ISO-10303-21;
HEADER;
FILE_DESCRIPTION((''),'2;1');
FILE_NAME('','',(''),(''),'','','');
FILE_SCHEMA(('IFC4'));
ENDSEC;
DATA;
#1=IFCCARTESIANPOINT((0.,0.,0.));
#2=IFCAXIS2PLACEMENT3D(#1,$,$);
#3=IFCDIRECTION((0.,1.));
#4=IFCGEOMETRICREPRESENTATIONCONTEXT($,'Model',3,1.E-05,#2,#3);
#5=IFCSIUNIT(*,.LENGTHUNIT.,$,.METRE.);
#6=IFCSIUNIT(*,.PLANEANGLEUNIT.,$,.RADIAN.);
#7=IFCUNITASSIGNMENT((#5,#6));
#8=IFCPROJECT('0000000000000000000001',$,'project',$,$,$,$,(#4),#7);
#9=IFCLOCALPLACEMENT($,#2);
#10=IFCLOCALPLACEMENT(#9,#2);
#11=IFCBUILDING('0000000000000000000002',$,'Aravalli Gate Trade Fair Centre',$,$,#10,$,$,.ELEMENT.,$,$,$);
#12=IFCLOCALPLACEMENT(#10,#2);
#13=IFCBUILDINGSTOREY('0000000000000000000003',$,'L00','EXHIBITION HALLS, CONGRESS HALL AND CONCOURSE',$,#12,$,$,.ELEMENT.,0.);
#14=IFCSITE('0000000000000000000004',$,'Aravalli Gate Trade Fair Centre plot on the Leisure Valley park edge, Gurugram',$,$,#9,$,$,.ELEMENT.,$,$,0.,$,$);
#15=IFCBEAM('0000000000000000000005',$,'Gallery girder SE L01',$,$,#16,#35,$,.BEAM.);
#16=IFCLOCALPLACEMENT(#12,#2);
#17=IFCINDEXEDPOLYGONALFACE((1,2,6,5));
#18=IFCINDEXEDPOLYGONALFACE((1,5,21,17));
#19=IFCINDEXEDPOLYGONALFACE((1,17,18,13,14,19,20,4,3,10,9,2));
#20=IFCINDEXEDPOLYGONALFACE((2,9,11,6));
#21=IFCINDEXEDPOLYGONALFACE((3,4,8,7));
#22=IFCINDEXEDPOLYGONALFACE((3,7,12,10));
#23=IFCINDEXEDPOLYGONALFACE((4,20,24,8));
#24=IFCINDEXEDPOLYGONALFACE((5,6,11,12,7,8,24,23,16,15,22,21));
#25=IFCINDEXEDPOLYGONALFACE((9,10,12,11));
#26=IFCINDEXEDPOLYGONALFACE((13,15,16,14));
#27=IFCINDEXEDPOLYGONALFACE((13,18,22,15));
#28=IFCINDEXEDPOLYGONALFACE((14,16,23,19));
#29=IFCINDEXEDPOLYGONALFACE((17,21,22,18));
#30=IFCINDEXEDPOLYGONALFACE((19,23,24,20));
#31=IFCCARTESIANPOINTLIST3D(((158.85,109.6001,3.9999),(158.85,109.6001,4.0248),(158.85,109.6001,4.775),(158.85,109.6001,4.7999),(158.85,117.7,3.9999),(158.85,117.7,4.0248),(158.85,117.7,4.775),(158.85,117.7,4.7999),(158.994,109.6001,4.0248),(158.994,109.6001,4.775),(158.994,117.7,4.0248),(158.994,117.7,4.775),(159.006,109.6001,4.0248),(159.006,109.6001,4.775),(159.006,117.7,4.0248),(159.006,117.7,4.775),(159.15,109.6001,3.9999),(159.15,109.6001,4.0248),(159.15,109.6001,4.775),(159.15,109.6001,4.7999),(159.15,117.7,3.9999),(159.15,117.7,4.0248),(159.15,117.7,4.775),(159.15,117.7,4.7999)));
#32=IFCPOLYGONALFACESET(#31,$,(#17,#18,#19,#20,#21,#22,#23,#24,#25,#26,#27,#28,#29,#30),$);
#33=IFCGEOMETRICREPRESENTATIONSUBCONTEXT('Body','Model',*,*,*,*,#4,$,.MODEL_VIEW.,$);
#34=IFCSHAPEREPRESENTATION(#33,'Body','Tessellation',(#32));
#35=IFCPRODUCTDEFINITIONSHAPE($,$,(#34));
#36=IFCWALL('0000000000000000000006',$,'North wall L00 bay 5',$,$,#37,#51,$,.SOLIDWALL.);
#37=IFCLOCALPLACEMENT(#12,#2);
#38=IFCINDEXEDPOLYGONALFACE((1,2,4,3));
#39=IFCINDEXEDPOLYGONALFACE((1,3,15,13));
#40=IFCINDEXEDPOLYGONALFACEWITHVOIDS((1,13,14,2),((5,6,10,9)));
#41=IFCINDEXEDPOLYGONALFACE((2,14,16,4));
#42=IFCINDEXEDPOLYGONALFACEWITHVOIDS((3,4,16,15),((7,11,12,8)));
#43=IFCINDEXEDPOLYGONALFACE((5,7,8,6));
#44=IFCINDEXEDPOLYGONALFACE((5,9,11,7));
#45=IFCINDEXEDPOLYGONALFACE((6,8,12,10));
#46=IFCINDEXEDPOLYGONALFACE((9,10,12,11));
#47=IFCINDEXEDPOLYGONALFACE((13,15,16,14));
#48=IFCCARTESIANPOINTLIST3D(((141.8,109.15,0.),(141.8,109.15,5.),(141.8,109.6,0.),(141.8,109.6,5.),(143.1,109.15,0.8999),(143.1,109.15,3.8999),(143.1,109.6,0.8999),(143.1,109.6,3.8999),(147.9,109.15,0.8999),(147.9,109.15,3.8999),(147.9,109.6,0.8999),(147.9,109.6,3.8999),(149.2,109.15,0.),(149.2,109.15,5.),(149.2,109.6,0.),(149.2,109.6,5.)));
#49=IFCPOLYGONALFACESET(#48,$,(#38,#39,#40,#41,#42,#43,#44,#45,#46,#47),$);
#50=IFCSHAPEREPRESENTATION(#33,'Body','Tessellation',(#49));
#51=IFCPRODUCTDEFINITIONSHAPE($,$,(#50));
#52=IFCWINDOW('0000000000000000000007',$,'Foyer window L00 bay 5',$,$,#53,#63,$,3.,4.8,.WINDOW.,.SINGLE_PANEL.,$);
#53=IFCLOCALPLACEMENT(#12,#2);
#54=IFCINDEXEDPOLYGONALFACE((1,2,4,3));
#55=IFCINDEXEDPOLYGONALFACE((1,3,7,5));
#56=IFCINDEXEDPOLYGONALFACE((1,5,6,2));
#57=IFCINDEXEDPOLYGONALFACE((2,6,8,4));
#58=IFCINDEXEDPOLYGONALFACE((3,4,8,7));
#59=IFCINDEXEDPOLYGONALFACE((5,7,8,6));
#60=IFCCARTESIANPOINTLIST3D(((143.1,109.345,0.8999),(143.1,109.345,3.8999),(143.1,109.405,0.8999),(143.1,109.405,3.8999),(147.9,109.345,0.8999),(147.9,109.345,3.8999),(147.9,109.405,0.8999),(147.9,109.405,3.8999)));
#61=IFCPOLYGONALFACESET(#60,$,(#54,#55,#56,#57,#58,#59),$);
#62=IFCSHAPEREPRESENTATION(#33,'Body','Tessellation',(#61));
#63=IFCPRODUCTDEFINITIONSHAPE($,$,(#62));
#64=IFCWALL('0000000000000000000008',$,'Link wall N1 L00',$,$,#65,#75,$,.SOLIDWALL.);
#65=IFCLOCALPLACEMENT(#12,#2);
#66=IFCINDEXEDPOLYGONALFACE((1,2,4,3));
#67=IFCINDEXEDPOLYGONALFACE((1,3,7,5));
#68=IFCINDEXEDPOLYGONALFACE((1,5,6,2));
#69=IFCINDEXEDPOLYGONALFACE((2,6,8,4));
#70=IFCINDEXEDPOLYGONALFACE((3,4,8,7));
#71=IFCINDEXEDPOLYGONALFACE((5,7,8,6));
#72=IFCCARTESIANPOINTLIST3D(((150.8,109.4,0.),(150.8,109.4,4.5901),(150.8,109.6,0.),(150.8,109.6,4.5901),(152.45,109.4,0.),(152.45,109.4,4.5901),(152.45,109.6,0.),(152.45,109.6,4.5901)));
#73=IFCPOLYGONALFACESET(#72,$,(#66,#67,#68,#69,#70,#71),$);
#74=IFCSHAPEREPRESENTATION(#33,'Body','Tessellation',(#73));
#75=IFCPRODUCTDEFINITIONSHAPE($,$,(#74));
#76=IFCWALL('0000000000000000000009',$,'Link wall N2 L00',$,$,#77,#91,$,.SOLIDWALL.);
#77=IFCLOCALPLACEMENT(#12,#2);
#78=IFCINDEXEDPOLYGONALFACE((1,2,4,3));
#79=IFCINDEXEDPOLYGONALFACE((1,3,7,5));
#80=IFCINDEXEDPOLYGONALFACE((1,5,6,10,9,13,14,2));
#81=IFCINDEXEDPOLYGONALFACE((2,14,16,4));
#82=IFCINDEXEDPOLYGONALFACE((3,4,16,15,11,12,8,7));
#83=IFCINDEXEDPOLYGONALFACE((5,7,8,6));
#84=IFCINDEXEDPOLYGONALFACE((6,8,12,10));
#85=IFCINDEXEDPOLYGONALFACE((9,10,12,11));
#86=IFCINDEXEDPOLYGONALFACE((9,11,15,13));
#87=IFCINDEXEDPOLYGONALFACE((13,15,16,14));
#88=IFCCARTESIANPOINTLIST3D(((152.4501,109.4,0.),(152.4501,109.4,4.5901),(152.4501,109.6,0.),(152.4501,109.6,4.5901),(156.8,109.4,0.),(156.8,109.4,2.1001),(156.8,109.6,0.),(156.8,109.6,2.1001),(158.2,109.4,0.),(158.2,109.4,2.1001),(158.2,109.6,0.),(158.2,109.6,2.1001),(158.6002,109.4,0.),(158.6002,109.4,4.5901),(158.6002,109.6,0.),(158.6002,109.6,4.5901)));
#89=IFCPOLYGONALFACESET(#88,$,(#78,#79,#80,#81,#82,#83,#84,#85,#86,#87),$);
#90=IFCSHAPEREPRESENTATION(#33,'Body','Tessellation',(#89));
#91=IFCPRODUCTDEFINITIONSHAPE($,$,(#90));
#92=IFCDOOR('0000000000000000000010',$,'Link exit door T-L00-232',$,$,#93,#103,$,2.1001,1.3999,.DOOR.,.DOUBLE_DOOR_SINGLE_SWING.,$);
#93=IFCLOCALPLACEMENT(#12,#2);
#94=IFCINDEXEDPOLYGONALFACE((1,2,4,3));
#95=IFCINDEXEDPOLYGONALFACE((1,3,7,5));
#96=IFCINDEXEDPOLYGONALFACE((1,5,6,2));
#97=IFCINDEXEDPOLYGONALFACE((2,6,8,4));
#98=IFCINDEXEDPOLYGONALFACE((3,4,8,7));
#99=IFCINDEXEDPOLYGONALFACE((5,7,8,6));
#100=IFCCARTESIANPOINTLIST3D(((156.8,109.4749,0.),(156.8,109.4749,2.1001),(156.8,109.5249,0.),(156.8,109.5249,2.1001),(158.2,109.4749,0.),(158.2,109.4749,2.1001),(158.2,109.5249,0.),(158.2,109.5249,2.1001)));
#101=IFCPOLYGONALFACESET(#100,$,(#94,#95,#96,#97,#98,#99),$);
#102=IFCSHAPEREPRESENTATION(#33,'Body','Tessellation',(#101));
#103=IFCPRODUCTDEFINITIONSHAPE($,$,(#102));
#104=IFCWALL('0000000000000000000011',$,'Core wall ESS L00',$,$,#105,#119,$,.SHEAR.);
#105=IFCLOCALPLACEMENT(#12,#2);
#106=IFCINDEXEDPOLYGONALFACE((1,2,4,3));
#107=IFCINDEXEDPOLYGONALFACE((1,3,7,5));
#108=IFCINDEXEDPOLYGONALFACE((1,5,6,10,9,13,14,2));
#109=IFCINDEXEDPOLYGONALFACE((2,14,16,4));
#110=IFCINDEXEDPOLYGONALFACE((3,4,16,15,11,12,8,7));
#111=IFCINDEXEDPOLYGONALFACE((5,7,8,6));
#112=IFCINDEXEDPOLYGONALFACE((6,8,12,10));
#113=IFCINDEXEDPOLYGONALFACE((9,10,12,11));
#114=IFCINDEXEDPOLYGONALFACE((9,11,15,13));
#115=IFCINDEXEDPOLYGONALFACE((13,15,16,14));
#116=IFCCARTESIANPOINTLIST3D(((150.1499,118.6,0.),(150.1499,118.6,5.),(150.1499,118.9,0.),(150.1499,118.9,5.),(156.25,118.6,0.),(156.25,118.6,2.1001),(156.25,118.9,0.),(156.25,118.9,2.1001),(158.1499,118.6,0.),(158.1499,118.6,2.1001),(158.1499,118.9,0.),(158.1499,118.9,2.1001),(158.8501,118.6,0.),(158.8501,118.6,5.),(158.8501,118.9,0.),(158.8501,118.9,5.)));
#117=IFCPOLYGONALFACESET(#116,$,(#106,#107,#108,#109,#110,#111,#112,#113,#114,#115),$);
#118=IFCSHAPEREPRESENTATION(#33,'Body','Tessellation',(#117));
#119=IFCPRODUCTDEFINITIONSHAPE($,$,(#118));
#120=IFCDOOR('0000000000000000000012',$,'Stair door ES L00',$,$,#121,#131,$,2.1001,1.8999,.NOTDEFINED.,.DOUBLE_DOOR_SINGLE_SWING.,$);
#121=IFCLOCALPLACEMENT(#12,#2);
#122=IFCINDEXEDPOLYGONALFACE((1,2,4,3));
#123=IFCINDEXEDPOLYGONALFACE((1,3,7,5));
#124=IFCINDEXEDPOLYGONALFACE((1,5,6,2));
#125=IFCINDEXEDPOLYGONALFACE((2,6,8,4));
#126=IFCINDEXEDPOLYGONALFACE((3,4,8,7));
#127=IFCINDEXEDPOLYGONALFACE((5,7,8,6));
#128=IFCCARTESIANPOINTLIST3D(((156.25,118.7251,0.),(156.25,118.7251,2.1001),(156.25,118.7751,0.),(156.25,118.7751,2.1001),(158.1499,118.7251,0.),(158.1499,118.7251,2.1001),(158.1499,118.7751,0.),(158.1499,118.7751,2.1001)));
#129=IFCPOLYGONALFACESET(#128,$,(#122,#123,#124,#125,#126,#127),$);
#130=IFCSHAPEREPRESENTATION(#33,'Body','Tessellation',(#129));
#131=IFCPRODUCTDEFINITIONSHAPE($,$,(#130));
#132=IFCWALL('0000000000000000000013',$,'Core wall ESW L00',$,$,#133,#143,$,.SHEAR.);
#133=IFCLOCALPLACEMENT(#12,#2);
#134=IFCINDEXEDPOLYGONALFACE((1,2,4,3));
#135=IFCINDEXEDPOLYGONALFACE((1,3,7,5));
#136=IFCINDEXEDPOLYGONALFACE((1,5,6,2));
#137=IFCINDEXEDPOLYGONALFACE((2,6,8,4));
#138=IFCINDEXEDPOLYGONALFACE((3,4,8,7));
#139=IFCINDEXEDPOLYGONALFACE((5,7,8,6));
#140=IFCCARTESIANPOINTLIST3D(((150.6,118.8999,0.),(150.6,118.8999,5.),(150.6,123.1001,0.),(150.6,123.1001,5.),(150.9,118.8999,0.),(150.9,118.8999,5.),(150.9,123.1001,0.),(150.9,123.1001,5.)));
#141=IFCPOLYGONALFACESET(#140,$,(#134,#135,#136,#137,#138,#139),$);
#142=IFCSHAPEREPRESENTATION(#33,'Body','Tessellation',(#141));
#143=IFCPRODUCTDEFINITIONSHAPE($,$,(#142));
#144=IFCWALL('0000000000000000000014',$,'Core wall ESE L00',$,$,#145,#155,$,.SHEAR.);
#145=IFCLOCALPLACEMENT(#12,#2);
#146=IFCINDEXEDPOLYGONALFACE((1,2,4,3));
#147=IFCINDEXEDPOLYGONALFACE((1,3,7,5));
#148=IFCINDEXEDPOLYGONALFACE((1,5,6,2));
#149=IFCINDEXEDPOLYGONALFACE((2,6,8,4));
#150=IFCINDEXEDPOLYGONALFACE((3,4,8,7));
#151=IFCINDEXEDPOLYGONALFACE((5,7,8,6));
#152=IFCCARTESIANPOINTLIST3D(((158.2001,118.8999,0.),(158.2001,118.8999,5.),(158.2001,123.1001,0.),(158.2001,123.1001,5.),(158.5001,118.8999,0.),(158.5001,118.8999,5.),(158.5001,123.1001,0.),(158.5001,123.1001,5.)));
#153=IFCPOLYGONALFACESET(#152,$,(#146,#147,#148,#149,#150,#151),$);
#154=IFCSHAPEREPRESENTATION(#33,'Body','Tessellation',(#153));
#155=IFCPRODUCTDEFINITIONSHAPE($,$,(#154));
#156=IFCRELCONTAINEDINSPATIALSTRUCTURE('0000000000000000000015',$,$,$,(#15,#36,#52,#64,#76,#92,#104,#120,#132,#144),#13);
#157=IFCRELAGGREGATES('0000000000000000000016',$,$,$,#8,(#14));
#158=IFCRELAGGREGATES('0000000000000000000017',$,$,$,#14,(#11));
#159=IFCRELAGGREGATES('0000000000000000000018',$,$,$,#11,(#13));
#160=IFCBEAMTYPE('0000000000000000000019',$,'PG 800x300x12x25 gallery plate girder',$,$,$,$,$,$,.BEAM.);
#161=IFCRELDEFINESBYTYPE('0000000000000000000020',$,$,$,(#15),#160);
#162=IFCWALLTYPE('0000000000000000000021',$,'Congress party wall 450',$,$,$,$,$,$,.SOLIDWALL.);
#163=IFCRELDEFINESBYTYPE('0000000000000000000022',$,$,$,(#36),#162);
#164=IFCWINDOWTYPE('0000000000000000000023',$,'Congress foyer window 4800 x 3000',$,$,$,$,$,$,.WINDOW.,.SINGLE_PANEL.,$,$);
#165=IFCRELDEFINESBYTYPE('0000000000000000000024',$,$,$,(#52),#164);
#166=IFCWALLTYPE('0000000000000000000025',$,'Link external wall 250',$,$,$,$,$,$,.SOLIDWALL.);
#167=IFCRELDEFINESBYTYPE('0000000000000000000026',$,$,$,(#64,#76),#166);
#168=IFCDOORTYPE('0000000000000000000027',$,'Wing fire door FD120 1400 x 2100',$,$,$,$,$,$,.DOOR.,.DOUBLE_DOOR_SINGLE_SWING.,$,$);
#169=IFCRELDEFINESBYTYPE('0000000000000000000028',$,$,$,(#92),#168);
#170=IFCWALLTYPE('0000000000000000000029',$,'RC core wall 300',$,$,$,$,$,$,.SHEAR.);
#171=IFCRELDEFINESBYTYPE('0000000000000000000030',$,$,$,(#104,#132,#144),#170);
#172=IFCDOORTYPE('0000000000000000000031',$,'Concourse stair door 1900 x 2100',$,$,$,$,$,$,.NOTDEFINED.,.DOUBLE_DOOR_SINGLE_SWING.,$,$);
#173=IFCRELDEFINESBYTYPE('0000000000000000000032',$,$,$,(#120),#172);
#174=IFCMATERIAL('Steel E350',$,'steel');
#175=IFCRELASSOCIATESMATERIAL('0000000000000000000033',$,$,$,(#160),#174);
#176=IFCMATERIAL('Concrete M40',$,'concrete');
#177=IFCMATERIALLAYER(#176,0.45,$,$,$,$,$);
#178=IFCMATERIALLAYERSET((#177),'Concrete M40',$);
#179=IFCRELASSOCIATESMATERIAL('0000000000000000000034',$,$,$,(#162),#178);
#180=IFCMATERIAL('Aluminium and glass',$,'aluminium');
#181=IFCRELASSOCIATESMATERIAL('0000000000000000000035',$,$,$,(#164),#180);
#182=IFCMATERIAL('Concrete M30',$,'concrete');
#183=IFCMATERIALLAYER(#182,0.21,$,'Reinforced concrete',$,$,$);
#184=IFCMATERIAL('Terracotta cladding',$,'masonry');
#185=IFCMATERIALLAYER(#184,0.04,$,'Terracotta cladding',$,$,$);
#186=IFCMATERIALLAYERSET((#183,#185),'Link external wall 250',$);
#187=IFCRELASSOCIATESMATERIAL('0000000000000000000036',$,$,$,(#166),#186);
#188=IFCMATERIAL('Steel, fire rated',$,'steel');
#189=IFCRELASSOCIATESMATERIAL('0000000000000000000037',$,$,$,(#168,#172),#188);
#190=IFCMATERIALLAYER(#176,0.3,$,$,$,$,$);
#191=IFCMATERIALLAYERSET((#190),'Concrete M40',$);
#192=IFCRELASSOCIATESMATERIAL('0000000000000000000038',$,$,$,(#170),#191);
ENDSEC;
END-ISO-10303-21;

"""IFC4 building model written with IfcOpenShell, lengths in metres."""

from ifc_helpers import new_model, si_unit, direction, frame, frame_2d, origin, origin_2d, place, context, subcontext, project, spatial, rectangle, i_section, extrude, material, layer, layer_set, material_profile, profile_set, type_object, element, fill, save


model = new_model("IFC4")

# Units and contexts
model_context = context("Model", 3, precision=1e-05, world=origin(), true_north=direction((0.0, 1.0)))
body_context = subcontext(model_context, "Body", "Model", "MODEL_VIEW")
ifc_project = project(units=[si_unit("LENGTHUNIT", "METRE"), si_unit("PLANEANGLEUNIT", "RADIAN")], contexts=[model_context])

# Site, building, storey
site_placement = place(None, origin())
site = spatial("IfcSite", under=ifc_project, at=site_placement, Name="Aravalli Gate Trade Fair Centre plot on the Leisure Valley park edge, Gurugram", CompositionType="ELEMENT", RefElevation=0.0)
building_placement = place(site_placement, origin())
building = spatial("IfcBuilding", under=site, at=building_placement, Name="Aravalli Gate Trade Fair Centre", CompositionType="ELEMENT")
storey_placement = place(building_placement, origin())
storey = spatial("IfcBuildingStorey", under=building, at=storey_placement, Name="L00", Description="EXHIBITION HALLS, CONGRESS HALL AND CONCOURSE", CompositionType="ELEMENT", Elevation=0.0)

# Beam
ifc_material_1 = material(Name="Steel E350", Category="steel")
ifc_material_profile_1 = material_profile(ifc_material_1, i_section(OverallWidth=0.3, OverallDepth=0.8, WebThickness=0.012, FlangeThickness=0.0249, at=origin_2d()), Name="PG 800x300x12x25")
ifc_profile_set_1 = profile_set([ifc_material_profile_1], Name="Steel E350")
beam_type_1 = type_object("IfcBeamType", Name="PG 800x300x12x25 gallery plate girder", PredefinedType="BEAM", material=ifc_profile_set_1)
for number, where, z_axis, x_axis, name in (
    (1, (159.0, 109.6001, 4.3999), (0.0, 1.0, 0.0), (-1.0, 0.0, 0.0), "Gallery girder SE L01"),
):
    element("IfcBeam", number, at=place(storey_placement, frame(where, z_axis=z_axis, x_axis=x_axis)), inside=storey, type_object=beam_type_1, Name=name, PredefinedType="BEAM", context=body_context, shape_type="SweptSolid", body=[
        extrude(i_section(OverallWidth=0.3, OverallDepth=0.8, WebThickness=0.012, FlangeThickness=0.0249, at=origin_2d()), origin(), (0.0, 0.0, 1.0), 8.0999),
    ])

# Wall, opening, window
ifc_material_2 = material(Name="Concrete M40", Category="concrete")
ifc_layer_1 = layer(ifc_material_2, 0.45)
ifc_layer_set_1 = layer_set([ifc_layer_1], Name="Concrete M40")
wall_type_1 = type_object("IfcWallType", Name="Congress party wall 450", PredefinedType="SOLIDWALL", material=ifc_layer_set_1)
wall_1_placement = place(storey_placement, frame((141.8, 109.375, 0.0), z_axis=(0.0, 0.0, 1.0), x_axis=(1.0, 0.0, 0.0)))
wall_1 = element("IfcWall", 2, at=wall_1_placement, inside=storey, type_object=wall_type_1, Name="North wall L00 bay 5", PredefinedType="SOLIDWALL", context=body_context, shape_type="SweptSolid", body=[
    extrude(rectangle(XDim=7.3999, YDim=0.45, at=frame_2d((3.7, 0.0))), origin(), (0.0, 0.0, 1.0), 5.0),
])
opening_1_placement = place(wall_1_placement, frame((1.3, 0.0, 0.8999)))
opening_1 = element("IfcOpeningElement", 3, at=opening_1_placement, cuts=wall_1, PredefinedType="OPENING", context=body_context, shape_type="SweptSolid", body=[
    extrude(rectangle(XDim=4.8, YDim=3.0, at=frame_2d((2.3999, 1.5))), frame((0.0, 0.2349, 0.0), z_axis=(0.0, -1.0, 0.0), x_axis=(1.0, 0.0, 0.0)), (0.0, 0.0, 1.0), 0.47),
])
ifc_material_3 = material(Name="Aluminium and glass", Category="aluminium")
window_type = type_object("IfcWindowType", Name="Congress foyer window 4800 x 3000", PartitioningType="SINGLE_PANEL", PredefinedType="WINDOW", material=ifc_material_3)
window_placement = place(opening_1_placement, origin())
window = element("IfcWindow", 4, at=window_placement, inside=storey, type_object=window_type, Name="Foyer window L00 bay 5", OverallHeight=3.0, OverallWidth=4.8, PartitioningType="SINGLE_PANEL", PredefinedType="WINDOW", context=body_context, shape_type="SweptSolid", body=[
    extrude(rectangle(XDim=4.8, YDim=3.0, at=frame_2d((2.3999, 1.5))), frame((0.0, 0.03, 0.0), z_axis=(0.0, -1.0, 0.0), x_axis=(1.0, 0.0, 0.0)), (0.0, 0.0, 1.0), 0.0601),
])
fill(opening_1, window)

# Wall
ifc_material_4 = material(Name="Concrete M30", Category="concrete")
ifc_layer_2 = layer(ifc_material_4, 0.21, Name="Reinforced concrete")
ifc_material_5 = material(Name="Terracotta cladding", Category="masonry")
ifc_layer_3 = layer(ifc_material_5, 0.04, Name="Terracotta cladding")
ifc_layer_set_2 = layer_set([ifc_layer_2, ifc_layer_3], Name="Link external wall 250")
wall_type_2 = type_object("IfcWallType", Name="Link external wall 250", PredefinedType="SOLIDWALL", material=ifc_layer_set_2)
wall_2_placement = place(storey_placement, frame((150.8, 109.5, 0.0), z_axis=(0.0, 0.0, 1.0), x_axis=(1.0, 0.0, 0.0)))
element("IfcWall", 5, at=wall_2_placement, inside=storey, type_object=wall_type_2, Name="Link wall N1 L00", PredefinedType="SOLIDWALL", context=body_context, shape_type="SweptSolid", body=[
    extrude(rectangle(XDim=1.6499, YDim=0.2, at=frame_2d((0.825, 0.0))), origin(), (0.0, 0.0, 1.0), 4.5901),
])

# Walls, openings, doors
wall_3_placement = place(storey_placement, frame((152.45, 109.5, 0.0), z_axis=(0.0, 0.0, 1.0), x_axis=(1.0, 0.0, 0.0)))
wall_3 = element("IfcWall", 6, at=wall_3_placement, inside=storey, type_object=wall_type_2, Name="Link wall N2 L00", PredefinedType="SOLIDWALL", context=body_context, shape_type="SweptSolid", body=[
    extrude(rectangle(XDim=6.1501, YDim=0.2, at=frame_2d((3.0752, 0.0))), origin(), (0.0, 0.0, 1.0), 4.5901),
])
opening_2_placement = place(wall_3_placement, frame((4.3501, 0.0, 0.0)))
opening_2 = element("IfcOpeningElement", 7, at=opening_2_placement, cuts=wall_3, PredefinedType="OPENING", context=body_context, shape_type="SweptSolid", body=[
    extrude(rectangle(XDim=1.3999, YDim=2.1001, at=frame_2d((0.7, 1.05))), frame((0.0, 0.1099, 0.0), z_axis=(0.0, -1.0, 0.0), x_axis=(1.0, 0.0, 0.0)), (0.0, 0.0, 1.0), 0.22),
])
ifc_material_6 = material(Name="Steel, fire rated", Category="steel")
door_type_1 = type_object("IfcDoorType", Name="Wing fire door FD120 1400 x 2100", OperationType="DOUBLE_DOOR_SINGLE_SWING", PredefinedType="DOOR", material=ifc_material_6)
door_1_placement = place(opening_2_placement, origin())
door_1 = element("IfcDoor", 8, at=door_1_placement, inside=storey, type_object=door_type_1, Name="Link exit door T-L00-232", OperationType="DOUBLE_DOOR_SINGLE_SWING", OverallHeight=2.1001, OverallWidth=1.3999, PredefinedType="DOOR", context=body_context, shape_type="SweptSolid", body=[
    extrude(rectangle(XDim=1.3999, YDim=2.1001, at=frame_2d((0.7, 1.05))), frame((0.0, 0.0249, 0.0), z_axis=(0.0, -1.0, 0.0), x_axis=(1.0, 0.0, 0.0)), (0.0, 0.0, 1.0), 0.05),
])
fill(opening_2, door_1)
ifc_layer_4 = layer(ifc_material_2, 0.3)
ifc_layer_set_3 = layer_set([ifc_layer_4], Name="Concrete M40")
wall_type_3 = type_object("IfcWallType", Name="RC core wall 300", PredefinedType="SHEAR", material=ifc_layer_set_3)
wall_4_placement = place(storey_placement, frame((150.1499, 118.75, 0.0), z_axis=(0.0, 0.0, 1.0), x_axis=(1.0, 0.0, 0.0)))
wall_4 = element("IfcWall", 9, at=wall_4_placement, inside=storey, type_object=wall_type_3, Name="Core wall ESS L00", PredefinedType="SHEAR", context=body_context, shape_type="SweptSolid", body=[
    extrude(rectangle(XDim=8.7002, YDim=0.3, at=frame_2d((4.3501, 0.0))), origin(), (0.0, 0.0, 1.0), 5.0),
])
opening_3_placement = place(wall_4_placement, frame((6.1001, 0.0, 0.0)))
opening_3 = element("IfcOpeningElement", 10, at=opening_3_placement, cuts=wall_4, PredefinedType="OPENING", context=body_context, shape_type="SweptSolid", body=[
    extrude(rectangle(XDim=1.8999, YDim=2.1001, at=frame_2d((0.95, 1.05))), frame((0.0, 0.1599, 0.0), z_axis=(0.0, -1.0, 0.0), x_axis=(1.0, 0.0, 0.0)), (0.0, 0.0, 1.0), 0.3201),
])
door_type_2 = type_object("IfcDoorType", Name="Concourse stair door 1900 x 2100", OperationType="DOUBLE_DOOR_SINGLE_SWING", PredefinedType="NOTDEFINED", material=ifc_material_6)
door_2_placement = place(opening_3_placement, frame((1.8999, 0.0, 0.0), z_axis=(0.0, 0.0, 1.0), x_axis=(-1.0, 0.0, 0.0)))
door_2 = element("IfcDoor", 11, at=door_2_placement, inside=storey, type_object=door_type_2, Name="Stair door ES L00", OperationType="DOUBLE_DOOR_SINGLE_SWING", OverallHeight=2.1001, OverallWidth=1.8999, PredefinedType="NOTDEFINED", context=body_context, shape_type="SweptSolid", body=[
    extrude(rectangle(XDim=1.8999, YDim=2.1001, at=frame_2d((0.95, 1.05))), frame((0.0, 0.0249, 0.0), z_axis=(0.0, -1.0, 0.0), x_axis=(1.0, 0.0, 0.0)), (0.0, 0.0, 1.0), 0.05),
])
fill(opening_3, door_2)

# Walls
for number, where, z_axis, x_axis, name in (
    (12, (150.75, 118.8999, 0.0), (0.0, 0.0, 1.0), (0.0, 1.0, 0.0), "Core wall ESW L00"),
    (13, (158.3501, 118.8999, 0.0), (0.0, 0.0, 1.0), (0.0, 1.0, 0.0), "Core wall ESE L00"),
):
    element("IfcWall", number, at=place(storey_placement, frame(where, z_axis=z_axis, x_axis=x_axis)), inside=storey, type_object=wall_type_3, Name=name, PredefinedType="SHEAR", context=body_context, shape_type="SweptSolid", body=[
        extrude(rectangle(XDim=4.2002, YDim=0.3, at=frame_2d((2.1001, 0.0))), origin(), (0.0, 0.0, 1.0), 5.0),
    ])

save(model, "model.ifc")
